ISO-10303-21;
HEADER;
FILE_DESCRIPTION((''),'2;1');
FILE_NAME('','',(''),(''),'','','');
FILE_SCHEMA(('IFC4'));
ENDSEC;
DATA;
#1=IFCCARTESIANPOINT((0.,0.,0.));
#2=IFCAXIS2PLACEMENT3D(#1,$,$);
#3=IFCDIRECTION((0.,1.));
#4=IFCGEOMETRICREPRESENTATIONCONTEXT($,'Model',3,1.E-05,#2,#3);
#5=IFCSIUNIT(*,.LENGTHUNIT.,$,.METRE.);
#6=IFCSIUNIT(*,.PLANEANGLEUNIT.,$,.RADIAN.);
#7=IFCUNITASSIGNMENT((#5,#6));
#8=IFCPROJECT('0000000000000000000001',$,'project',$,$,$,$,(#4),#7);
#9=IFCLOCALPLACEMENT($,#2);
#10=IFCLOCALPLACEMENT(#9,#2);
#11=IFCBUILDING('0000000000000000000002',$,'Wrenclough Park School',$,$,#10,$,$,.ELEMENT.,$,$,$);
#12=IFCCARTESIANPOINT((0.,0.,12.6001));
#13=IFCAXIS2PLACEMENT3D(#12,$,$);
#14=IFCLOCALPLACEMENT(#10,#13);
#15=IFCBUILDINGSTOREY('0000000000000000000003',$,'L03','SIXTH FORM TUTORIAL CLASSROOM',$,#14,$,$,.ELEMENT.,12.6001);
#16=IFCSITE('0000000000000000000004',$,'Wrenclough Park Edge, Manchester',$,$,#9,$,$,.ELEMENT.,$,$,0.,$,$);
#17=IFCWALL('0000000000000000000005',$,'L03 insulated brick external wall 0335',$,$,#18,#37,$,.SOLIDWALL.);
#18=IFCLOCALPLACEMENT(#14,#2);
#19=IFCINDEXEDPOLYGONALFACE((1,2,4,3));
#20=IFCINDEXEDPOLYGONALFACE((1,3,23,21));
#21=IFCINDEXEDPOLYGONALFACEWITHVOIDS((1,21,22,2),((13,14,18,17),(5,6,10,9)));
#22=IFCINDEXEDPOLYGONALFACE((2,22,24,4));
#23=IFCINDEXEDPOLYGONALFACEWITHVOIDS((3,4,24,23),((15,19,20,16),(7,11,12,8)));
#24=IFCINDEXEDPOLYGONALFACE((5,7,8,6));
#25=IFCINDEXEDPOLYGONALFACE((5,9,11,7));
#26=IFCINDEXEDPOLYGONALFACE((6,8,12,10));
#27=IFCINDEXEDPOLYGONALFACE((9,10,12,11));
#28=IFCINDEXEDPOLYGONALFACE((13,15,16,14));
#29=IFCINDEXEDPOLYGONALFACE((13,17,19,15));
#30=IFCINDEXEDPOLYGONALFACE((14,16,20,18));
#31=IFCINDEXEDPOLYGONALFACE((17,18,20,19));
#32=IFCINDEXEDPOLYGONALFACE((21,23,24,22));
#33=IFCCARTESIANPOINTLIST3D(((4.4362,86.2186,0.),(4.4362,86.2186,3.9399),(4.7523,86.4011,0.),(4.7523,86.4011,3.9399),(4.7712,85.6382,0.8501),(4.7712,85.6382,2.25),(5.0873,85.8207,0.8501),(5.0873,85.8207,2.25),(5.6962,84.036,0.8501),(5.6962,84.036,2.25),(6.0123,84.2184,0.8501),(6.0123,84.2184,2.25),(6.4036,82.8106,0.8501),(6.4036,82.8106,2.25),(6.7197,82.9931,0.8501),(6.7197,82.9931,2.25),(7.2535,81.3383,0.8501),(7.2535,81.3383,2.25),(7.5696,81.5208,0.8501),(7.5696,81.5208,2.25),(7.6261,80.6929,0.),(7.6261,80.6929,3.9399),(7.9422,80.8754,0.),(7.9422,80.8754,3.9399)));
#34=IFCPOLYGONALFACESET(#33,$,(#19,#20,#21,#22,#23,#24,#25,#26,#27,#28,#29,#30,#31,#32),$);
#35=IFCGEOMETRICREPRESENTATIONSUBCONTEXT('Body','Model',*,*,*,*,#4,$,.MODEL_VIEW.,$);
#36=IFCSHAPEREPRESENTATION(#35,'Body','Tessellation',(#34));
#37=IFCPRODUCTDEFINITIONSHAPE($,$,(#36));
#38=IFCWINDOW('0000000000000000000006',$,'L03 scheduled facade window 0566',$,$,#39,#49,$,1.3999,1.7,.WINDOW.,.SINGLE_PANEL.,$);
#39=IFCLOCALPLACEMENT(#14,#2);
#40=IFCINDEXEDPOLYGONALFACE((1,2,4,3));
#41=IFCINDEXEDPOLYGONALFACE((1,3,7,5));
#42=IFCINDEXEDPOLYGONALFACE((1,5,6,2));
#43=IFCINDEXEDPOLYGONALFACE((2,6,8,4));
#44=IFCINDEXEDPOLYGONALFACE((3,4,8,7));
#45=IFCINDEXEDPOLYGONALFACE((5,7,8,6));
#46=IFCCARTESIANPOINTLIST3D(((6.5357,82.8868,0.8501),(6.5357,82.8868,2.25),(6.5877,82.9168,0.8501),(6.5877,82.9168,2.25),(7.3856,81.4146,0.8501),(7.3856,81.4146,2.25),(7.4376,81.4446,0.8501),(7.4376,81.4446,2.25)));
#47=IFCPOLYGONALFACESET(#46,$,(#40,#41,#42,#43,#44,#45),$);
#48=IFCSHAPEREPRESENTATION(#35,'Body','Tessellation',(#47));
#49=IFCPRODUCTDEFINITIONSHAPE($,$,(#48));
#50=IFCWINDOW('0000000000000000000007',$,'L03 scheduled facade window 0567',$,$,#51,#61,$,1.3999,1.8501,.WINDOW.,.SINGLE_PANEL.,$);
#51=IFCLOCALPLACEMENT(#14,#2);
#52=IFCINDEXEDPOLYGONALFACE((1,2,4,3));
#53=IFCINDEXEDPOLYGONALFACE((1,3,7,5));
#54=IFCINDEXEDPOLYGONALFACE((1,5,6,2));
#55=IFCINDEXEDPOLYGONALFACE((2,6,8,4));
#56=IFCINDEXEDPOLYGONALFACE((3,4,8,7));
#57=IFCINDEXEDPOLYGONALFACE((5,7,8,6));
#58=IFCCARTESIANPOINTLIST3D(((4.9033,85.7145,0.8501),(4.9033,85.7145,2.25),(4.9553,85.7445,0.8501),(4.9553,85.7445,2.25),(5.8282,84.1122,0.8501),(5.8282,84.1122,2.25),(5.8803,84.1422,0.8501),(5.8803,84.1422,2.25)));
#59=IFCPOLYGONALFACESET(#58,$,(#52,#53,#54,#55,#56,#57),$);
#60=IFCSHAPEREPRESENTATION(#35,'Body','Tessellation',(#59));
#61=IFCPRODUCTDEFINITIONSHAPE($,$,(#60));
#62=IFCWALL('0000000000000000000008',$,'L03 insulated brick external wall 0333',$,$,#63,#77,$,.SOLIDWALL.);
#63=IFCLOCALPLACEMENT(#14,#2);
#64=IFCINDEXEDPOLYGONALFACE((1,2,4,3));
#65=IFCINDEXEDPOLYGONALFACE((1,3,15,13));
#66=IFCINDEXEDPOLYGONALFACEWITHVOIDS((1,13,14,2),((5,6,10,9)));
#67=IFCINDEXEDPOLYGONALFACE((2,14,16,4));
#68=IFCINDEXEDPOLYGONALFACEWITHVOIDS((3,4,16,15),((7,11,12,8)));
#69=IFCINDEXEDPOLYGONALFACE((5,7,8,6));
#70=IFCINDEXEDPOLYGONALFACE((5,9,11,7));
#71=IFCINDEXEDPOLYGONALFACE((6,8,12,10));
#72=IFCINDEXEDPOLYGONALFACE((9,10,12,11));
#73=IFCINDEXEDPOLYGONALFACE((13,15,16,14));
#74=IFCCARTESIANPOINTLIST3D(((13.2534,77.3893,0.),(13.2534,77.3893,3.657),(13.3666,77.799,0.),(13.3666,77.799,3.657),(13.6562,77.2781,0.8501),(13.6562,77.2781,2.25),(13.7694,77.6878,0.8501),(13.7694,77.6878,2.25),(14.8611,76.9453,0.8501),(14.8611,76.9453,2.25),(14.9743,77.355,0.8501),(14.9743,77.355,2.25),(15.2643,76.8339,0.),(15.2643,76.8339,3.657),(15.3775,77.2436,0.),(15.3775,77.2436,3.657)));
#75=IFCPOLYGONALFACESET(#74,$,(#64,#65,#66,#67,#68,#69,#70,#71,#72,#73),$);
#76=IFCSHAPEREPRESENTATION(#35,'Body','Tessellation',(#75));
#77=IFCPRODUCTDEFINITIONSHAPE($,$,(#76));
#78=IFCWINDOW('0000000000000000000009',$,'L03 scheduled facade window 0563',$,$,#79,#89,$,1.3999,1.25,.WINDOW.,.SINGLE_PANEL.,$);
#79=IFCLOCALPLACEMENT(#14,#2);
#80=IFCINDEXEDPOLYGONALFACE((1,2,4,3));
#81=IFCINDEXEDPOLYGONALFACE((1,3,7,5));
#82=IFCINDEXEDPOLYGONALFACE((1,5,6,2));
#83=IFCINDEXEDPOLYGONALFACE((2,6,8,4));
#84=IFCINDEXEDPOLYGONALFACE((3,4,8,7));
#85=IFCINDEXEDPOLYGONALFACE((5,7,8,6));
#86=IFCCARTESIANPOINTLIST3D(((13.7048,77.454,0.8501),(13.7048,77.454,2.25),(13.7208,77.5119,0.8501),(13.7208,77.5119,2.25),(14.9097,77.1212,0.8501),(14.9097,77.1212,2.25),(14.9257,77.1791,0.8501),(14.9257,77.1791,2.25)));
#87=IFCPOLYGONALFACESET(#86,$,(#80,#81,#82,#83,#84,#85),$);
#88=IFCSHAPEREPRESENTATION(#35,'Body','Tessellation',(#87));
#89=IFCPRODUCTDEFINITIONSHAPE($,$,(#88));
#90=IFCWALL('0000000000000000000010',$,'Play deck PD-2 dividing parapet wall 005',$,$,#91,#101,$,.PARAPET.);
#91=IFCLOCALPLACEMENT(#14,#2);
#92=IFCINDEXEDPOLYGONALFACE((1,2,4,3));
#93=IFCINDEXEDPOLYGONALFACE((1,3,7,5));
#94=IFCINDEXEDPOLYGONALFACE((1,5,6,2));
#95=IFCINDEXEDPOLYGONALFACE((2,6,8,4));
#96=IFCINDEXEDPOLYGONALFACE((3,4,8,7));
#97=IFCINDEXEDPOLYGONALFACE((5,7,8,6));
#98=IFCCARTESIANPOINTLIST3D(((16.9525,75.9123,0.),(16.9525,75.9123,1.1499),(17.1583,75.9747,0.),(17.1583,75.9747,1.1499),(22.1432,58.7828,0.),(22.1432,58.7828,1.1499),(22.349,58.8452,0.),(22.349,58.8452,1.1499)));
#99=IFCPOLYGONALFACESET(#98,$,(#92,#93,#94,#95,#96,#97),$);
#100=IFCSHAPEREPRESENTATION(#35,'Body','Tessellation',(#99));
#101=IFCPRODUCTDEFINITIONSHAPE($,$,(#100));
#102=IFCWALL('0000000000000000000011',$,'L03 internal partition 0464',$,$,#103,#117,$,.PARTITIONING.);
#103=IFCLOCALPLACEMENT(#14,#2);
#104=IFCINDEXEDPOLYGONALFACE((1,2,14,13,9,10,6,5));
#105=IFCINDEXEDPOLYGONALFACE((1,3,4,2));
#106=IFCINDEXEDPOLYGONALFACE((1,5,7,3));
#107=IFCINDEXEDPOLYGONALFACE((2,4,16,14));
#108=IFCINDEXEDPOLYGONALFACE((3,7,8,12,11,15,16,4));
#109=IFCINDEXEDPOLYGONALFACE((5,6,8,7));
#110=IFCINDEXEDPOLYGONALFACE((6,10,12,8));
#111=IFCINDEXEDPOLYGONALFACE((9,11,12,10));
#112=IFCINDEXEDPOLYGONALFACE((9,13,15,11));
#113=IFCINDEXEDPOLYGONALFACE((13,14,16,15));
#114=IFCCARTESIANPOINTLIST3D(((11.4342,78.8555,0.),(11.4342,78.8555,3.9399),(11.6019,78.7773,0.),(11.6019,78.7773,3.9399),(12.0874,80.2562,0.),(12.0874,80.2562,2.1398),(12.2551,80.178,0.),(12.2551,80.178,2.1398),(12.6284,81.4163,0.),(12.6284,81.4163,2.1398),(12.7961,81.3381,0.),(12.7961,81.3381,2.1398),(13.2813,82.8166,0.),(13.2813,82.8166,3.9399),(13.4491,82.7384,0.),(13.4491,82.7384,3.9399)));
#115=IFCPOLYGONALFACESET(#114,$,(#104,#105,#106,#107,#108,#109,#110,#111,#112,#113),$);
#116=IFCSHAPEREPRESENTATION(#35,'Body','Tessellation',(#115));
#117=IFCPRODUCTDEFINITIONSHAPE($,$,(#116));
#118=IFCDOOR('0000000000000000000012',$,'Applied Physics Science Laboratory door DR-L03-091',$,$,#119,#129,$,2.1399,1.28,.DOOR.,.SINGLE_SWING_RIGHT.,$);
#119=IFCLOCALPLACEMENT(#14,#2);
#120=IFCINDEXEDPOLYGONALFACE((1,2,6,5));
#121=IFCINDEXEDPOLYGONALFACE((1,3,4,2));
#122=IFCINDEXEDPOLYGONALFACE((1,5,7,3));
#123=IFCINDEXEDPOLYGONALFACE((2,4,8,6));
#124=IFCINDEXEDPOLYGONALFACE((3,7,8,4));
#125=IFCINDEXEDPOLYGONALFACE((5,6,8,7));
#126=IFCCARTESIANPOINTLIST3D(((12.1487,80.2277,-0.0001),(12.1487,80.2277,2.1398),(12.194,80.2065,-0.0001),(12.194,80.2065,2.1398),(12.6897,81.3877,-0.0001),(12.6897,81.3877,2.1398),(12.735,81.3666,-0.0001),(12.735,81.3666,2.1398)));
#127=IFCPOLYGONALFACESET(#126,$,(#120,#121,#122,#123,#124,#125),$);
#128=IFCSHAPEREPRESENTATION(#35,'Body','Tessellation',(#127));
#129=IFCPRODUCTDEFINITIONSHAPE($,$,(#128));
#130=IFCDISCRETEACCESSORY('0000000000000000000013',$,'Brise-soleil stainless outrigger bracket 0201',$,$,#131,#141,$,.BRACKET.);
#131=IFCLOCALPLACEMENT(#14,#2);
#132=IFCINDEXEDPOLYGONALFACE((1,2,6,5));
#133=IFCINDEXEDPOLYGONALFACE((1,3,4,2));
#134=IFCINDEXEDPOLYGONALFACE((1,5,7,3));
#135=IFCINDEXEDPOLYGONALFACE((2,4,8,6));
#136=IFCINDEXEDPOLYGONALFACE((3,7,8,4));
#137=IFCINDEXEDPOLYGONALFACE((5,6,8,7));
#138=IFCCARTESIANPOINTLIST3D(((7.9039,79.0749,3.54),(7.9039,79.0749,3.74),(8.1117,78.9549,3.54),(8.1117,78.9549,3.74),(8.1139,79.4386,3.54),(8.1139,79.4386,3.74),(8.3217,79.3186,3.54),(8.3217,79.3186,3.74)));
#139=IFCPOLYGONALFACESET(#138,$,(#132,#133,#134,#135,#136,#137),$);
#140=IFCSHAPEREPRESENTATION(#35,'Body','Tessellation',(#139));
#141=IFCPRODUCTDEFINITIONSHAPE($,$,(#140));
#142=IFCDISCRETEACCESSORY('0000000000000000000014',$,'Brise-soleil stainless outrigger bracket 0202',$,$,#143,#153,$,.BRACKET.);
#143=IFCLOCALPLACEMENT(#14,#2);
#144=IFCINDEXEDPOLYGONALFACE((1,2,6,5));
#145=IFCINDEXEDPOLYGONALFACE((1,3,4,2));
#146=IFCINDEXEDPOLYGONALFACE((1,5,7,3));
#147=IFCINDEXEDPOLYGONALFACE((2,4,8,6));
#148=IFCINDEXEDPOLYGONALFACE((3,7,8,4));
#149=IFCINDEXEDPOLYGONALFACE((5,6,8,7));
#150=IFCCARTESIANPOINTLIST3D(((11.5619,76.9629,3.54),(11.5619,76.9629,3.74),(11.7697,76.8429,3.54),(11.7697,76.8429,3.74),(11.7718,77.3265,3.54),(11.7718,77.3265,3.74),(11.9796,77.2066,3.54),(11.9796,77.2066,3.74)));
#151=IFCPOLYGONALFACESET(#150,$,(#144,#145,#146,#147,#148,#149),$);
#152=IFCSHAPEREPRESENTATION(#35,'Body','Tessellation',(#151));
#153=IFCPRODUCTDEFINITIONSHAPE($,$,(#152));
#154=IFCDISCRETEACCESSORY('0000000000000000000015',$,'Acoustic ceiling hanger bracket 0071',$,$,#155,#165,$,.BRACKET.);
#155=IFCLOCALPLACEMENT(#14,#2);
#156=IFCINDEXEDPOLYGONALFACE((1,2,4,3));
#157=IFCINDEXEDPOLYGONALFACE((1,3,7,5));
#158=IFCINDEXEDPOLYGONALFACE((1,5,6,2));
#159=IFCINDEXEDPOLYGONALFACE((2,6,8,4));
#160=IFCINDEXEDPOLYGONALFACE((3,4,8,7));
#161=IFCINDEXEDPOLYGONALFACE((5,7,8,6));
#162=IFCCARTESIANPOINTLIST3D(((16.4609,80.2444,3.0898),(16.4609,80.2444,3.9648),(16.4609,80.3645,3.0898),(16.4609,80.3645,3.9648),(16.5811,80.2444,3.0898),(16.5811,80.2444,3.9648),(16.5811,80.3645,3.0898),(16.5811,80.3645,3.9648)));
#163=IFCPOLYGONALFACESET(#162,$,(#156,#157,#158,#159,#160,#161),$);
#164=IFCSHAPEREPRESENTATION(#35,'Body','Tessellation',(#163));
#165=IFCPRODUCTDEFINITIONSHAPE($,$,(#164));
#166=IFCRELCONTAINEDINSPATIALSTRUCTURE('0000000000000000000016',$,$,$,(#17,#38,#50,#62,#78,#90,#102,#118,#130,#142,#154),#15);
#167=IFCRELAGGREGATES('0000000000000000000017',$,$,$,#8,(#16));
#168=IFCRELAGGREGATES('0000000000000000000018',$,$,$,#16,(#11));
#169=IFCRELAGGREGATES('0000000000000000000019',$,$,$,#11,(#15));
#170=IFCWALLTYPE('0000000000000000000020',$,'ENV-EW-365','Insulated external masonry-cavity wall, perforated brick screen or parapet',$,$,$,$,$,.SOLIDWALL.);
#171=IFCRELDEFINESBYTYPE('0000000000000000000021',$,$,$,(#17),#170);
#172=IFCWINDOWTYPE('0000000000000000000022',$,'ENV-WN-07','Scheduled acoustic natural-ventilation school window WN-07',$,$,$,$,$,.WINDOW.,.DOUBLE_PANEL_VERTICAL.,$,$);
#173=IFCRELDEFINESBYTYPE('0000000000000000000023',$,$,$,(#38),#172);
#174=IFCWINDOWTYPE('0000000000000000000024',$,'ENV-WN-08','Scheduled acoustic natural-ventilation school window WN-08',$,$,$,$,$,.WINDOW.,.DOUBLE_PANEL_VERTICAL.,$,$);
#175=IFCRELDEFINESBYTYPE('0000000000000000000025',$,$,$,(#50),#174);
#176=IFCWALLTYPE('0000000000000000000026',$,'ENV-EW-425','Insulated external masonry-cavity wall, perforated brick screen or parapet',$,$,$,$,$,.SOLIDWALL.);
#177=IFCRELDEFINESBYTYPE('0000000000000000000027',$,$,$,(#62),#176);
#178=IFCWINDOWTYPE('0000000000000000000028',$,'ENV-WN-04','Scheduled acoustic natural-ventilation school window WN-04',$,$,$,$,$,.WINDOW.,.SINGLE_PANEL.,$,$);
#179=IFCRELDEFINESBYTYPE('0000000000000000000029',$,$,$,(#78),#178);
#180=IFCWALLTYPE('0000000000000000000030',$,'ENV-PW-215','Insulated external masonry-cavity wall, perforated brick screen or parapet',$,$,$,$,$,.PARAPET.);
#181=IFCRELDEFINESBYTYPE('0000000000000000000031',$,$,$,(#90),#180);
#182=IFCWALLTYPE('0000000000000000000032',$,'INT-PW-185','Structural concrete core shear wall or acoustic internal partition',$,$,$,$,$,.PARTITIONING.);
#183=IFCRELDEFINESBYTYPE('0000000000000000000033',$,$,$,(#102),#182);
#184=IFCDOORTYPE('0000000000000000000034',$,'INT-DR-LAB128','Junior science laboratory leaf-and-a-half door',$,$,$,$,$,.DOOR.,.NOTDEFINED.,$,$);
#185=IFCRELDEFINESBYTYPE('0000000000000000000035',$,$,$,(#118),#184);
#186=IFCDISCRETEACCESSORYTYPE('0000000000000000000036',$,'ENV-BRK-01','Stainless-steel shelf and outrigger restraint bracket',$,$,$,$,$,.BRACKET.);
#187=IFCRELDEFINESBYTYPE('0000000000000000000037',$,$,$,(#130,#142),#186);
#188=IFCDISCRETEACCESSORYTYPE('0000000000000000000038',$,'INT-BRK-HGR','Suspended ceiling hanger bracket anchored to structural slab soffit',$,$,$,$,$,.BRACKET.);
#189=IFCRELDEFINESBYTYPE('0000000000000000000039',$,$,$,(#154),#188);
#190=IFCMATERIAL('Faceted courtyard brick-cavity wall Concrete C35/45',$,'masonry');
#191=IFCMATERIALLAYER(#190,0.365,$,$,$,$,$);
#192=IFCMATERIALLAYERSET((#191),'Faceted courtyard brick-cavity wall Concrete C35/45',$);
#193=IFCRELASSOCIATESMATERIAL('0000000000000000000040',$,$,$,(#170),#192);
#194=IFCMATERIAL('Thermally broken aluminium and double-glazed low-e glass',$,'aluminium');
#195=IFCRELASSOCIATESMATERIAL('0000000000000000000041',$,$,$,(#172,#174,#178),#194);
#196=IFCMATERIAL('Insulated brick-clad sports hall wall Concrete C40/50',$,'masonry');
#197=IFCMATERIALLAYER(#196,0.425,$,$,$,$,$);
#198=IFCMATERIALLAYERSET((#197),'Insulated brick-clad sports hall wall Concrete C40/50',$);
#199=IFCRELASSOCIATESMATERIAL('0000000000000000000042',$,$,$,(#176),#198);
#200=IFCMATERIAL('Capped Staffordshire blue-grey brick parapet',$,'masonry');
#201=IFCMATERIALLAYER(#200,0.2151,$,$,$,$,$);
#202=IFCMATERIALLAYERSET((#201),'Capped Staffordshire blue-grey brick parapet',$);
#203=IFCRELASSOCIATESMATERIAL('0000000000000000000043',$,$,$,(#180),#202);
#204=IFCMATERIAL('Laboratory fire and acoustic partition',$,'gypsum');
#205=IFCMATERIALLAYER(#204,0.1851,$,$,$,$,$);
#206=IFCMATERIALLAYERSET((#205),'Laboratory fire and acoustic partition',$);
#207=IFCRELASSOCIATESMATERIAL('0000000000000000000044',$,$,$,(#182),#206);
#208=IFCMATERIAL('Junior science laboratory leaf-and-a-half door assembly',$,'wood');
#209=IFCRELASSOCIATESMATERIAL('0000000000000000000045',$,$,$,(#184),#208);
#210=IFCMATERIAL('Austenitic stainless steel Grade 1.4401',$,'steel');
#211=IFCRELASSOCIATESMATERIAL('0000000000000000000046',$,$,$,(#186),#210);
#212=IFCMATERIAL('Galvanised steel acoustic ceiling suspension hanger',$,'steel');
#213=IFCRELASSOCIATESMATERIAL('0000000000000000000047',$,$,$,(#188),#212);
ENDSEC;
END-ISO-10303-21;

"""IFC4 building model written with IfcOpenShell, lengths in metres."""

from ifc_helpers import new_model, si_unit, direction, frame, frame_2d, origin, origin_2d, place, context, subcontext, project, spatial, rectangle, extrude, material, layer, layer_set, type_object, element, fill, save


model = new_model("IFC4")

# Units and contexts
model_context = context("Model", 3, precision=1e-05, world=origin(), true_north=direction((0.0, 1.0)))
body_context = subcontext(model_context, "Body", "Model", "MODEL_VIEW")
ifc_project = project(units=[si_unit("LENGTHUNIT", "METRE"), si_unit("PLANEANGLEUNIT", "RADIAN")], contexts=[model_context])

# Site, building, storey
site_placement = place(None, origin())
site = spatial("IfcSite", under=ifc_project, at=site_placement, Name="Wrenclough Park Edge, Manchester", CompositionType="ELEMENT", RefElevation=0.0)
building_placement = place(site_placement, origin())
building = spatial("IfcBuilding", under=site, at=building_placement, Name="Wrenclough Park School", CompositionType="ELEMENT")
storey_placement = place(building_placement, frame((0.0, 0.0, 12.6001)))
storey = spatial("IfcBuildingStorey", under=building, at=storey_placement, Name="L03", Description="SIXTH FORM TUTORIAL CLASSROOM", CompositionType="ELEMENT", Elevation=12.6001)

# Wall, openings, windows
ifc_material_1 = material(Name="Thermally broken aluminium and double-glazed low-e glass", Category="aluminium")
ifc_material_2 = material(Name="Faceted courtyard brick-cavity wall Concrete C35/45", Category="masonry")
ifc_layer_1 = layer(ifc_material_2, 0.365)
ifc_layer_set_1 = layer_set([ifc_layer_1], Name="Faceted courtyard brick-cavity wall Concrete C35/45")
wall_type_1 = type_object("IfcWallType", Name="ENV-EW-365", Description="Insulated external masonry-cavity wall, perforated brick screen or parapet", PredefinedType="SOLIDWALL", material=ifc_layer_set_1)
wall_1_placement = place(storey_placement, frame((7.7842, 80.7842, 0.0), z_axis=(0.0, 0.0, 1.0), x_axis=(-0.499966, 0.866045, 0.0)))
wall_1 = element("IfcWall", 1, at=wall_1_placement, inside=storey, type_object=wall_type_1, Name="L03 insulated brick external wall 0335", PredefinedType="SOLIDWALL", context=body_context, shape_type="SweptSolid", body=[
    extrude(rectangle(XDim=6.3804, YDim=0.365, at=frame_2d((3.1902, 0.0))), origin(), (0.0, 0.0, 1.0), 3.9399),
])
opening_1_placement = place(wall_1_placement, frame((0.7451, 0.0, 0.8501)))
opening_1 = element("IfcOpeningElement", 2, at=opening_1_placement, cuts=wall_1, PredefinedType="OPENING", context=body_context, shape_type="SweptSolid", body=[
    extrude(rectangle(XDim=1.7, YDim=1.3999, at=frame_2d((0.8501, 0.7))), frame((0.0, 0.1924, 0.0), z_axis=(0.0, -1.0, 0.0), x_axis=(1.0, 0.0, 0.0)), (0.0, 0.0, 1.0), 0.385),
])
opening_2_placement = place(wall_1_placement, frame((3.8601, 0.0, 0.8501)))
opening_2 = element("IfcOpeningElement", 3, at=opening_2_placement, cuts=wall_1, PredefinedType="OPENING", context=body_context, shape_type="SweptSolid", body=[
    extrude(rectangle(XDim=1.8501, YDim=1.3999, at=frame_2d((0.925, 0.7))), frame((0.0, 0.1924, 0.0), z_axis=(0.0, -1.0, 0.0), x_axis=(1.0, 0.0, 0.0)), (0.0, 0.0, 1.0), 0.385),
])
window_type_1 = type_object("IfcWindowType", Name="ENV-WN-07", Description="Scheduled acoustic natural-ventilation school window WN-07", PartitioningType="DOUBLE_PANEL_VERTICAL", PredefinedType="WINDOW", material=ifc_material_1)
window_1_placement = place(opening_1_placement, origin())
window_1 = element("IfcWindow", 4, at=window_1_placement, inside=storey, type_object=window_type_1, Name="L03 scheduled facade window 0566", OverallHeight=1.3999, OverallWidth=1.7, PartitioningType="SINGLE_PANEL", PredefinedType="WINDOW", context=body_context, shape_type="SweptSolid", body=[
    extrude(rectangle(XDim=1.7, YDim=1.3999, at=frame_2d((0.8501, 0.7))), frame((0.0, 0.03, 0.0), z_axis=(0.0, -1.0, 0.0), x_axis=(1.0, 0.0, 0.0)), (0.0, 0.0, 1.0), 0.0601),
])
fill(opening_1, window_1)
window_type_2 = type_object("IfcWindowType", Name="ENV-WN-08", Description="Scheduled acoustic natural-ventilation school window WN-08", PartitioningType="DOUBLE_PANEL_VERTICAL", PredefinedType="WINDOW", material=ifc_material_1)
window_2_placement = place(opening_2_placement, origin())
window_2 = element("IfcWindow", 5, at=window_2_placement, inside=storey, type_object=window_type_2, Name="L03 scheduled facade window 0567", OverallHeight=1.3999, OverallWidth=1.8501, PartitioningType="SINGLE_PANEL", PredefinedType="WINDOW", context=body_context, shape_type="SweptSolid", body=[
    extrude(rectangle(XDim=1.8501, YDim=1.3999, at=frame_2d((0.925, 0.7))), frame((0.0, 0.03, 0.0), z_axis=(0.0, -1.0, 0.0), x_axis=(1.0, 0.0, 0.0)), (0.0, 0.0, 1.0), 0.0601),
])
fill(opening_2, window_2)

# Wall, opening, window
ifc_material_3 = material(Name="Insulated brick-clad sports hall wall Concrete C40/50", Category="masonry")
ifc_layer_2 = layer(ifc_material_3, 0.425)
ifc_layer_set_2 = layer_set([ifc_layer_2], Name="Insulated brick-clad sports hall wall Concrete C40/50")
wall_type_2 = type_object("IfcWallType", Name="ENV-EW-425", Description="Insulated external masonry-cavity wall, perforated brick screen or parapet", PredefinedType="SOLIDWALL", material=ifc_layer_set_2)
wall_2_placement = place(storey_placement, frame((15.3208, 77.0388, 0.0), z_axis=(0.0, 0.0, 1.0), x_axis=(-0.963911, 0.266225, 0.0)))
wall_2 = element("IfcWall", 6, at=wall_2_placement, inside=storey, type_object=wall_type_2, Name="L03 insulated brick external wall 0333", PredefinedType="SOLIDWALL", context=body_context, shape_type="SweptSolid", body=[
    extrude(rectangle(XDim=2.0862, YDim=0.425, at=frame_2d((1.043, 0.0))), origin(), (0.0, 0.0, 1.0), 3.657),
])
opening_3_placement = place(wall_2_placement, frame((0.4182, 0.0, 0.8501)))
opening_3 = element("IfcOpeningElement", 7, at=opening_3_placement, cuts=wall_2, PredefinedType="OPENING", context=body_context, shape_type="SweptSolid", body=[
    extrude(rectangle(XDim=1.25, YDim=1.3999, at=frame_2d((0.625, 0.7))), frame((0.0, 0.2224, 0.0), z_axis=(0.0, -1.0, 0.0), x_axis=(1.0, 0.0, 0.0)), (0.0, 0.0, 1.0), 0.4451),
])
window_type_3 = type_object("IfcWindowType", Name="ENV-WN-04", Description="Scheduled acoustic natural-ventilation school window WN-04", PartitioningType="SINGLE_PANEL", PredefinedType="WINDOW", material=ifc_material_1)
window_3_placement = place(opening_3_placement, origin())
window_3 = element("IfcWindow", 8, at=window_3_placement, inside=storey, type_object=window_type_3, Name="L03 scheduled facade window 0563", OverallHeight=1.3999, OverallWidth=1.25, PartitioningType="SINGLE_PANEL", PredefinedType="WINDOW", context=body_context, shape_type="SweptSolid", body=[
    extrude(rectangle(XDim=1.25, YDim=1.3999, at=frame_2d((0.625, 0.7))), frame((0.0, 0.03, 0.0), z_axis=(0.0, -1.0, 0.0), x_axis=(1.0, 0.0, 0.0)), (0.0, 0.0, 1.0), 0.0601),
])
fill(opening_3, window_3)

# Wall
ifc_material_4 = material(Name="Capped Staffordshire blue-grey brick parapet", Category="masonry")
ifc_layer_3 = layer(ifc_material_4, 0.2151)
ifc_layer_set_3 = layer_set([ifc_layer_3], Name="Capped Staffordshire blue-grey brick parapet")
wall_type_3 = type_object("IfcWallType", Name="ENV-PW-215", Description="Insulated external masonry-cavity wall, perforated brick screen or parapet", PredefinedType="PARAPET", material=ifc_layer_set_3)
wall_3_placement = place(storey_placement, frame((17.0554, 75.9434, 0.0), z_axis=(0.0, 0.0, 1.0), x_axis=(0.290005, -0.957025, 0.0)))
element("IfcWall", 9, at=wall_3_placement, inside=storey, type_object=wall_type_3, Name="Play deck PD-2 dividing parapet wall 005", PredefinedType="PARAPET", context=body_context, shape_type="SweptSolid", body=[
    extrude(rectangle(XDim=17.8987, YDim=0.2151, at=frame_2d((8.9492, 0.0))), origin(), (0.0, 0.0, 1.0), 1.1499),
])

# Wall, opening, door
ifc_material_5 = material(Name="Laboratory fire and acoustic partition", Category="gypsum")
ifc_layer_4 = layer(ifc_material_5, 0.1851)
ifc_layer_set_4 = layer_set([ifc_layer_4], Name="Laboratory fire and acoustic partition")
wall_type_4 = type_object("IfcWallType", Name="INT-PW-185", Description="Structural concrete core shear wall or acoustic internal partition", PredefinedType="PARTITIONING", material=ifc_layer_set_4)
wall_4_placement = place(storey_placement, frame((11.5181, 78.8164, 0.0), z_axis=(0.0, 0.0, 1.0), x_axis=(0.422626, 0.906304, 0.0)))
wall_4 = element("IfcWall", 10, at=wall_4_placement, inside=storey, type_object=wall_type_4, Name="L03 internal partition 0464", PredefinedType="PARTITIONING", context=body_context, shape_type="SweptSolid", body=[
    extrude(rectangle(XDim=4.3706, YDim=0.1851, at=frame_2d((2.1853, 0.0))), origin(), (0.0, 0.0, 1.0), 3.9399),
])
opening_4_placement = place(wall_4_placement, frame((1.5454, 0.0, 0.0)))
opening_4 = element("IfcOpeningElement", 11, at=opening_4_placement, cuts=wall_4, PredefinedType="OPENING", context=body_context, shape_type="SweptSolid", body=[
    extrude(rectangle(XDim=1.28, YDim=2.1399, at=frame_2d((0.6401, 1.0698))), frame((0.0, 0.1025, 0.0), z_axis=(0.0, -1.0, 0.0), x_axis=(1.0, 0.0, 0.0)), (0.0, 0.0, 1.0), 0.2051),
])
ifc_material_6 = material(Name="Junior science laboratory leaf-and-a-half door assembly", Category="wood")
door_type = type_object("IfcDoorType", Name="INT-DR-LAB128", Description="Junior science laboratory leaf-and-a-half door", OperationType="NOTDEFINED", PredefinedType="DOOR", material=ifc_material_6)
door_placement = place(opening_4_placement, origin())
door = element("IfcDoor", 12, at=door_placement, inside=storey, type_object=door_type, Name="Applied Physics Science Laboratory door DR-L03-091", OperationType="SINGLE_SWING_RIGHT", OverallHeight=2.1399, OverallWidth=1.28, PredefinedType="DOOR", context=body_context, shape_type="SweptSolid", body=[
    extrude(rectangle(XDim=1.28, YDim=2.1399, at=frame_2d((0.6401, 1.0698))), frame((0.0, 0.0249, 0.0), z_axis=(0.0, -1.0, 0.0), x_axis=(1.0, 0.0, 0.0)), (0.0, 0.0, 1.0), 0.05),
])
fill(opening_4, door)

# Discrete accessories
ifc_material_7 = material(Name="Austenitic stainless steel Grade 1.4401", Category="steel")
discrete_accessory_type_1 = type_object("IfcDiscreteAccessoryType", Name="ENV-BRK-01", Description="Stainless-steel shelf and outrigger restraint bracket", PredefinedType="BRACKET", material=ifc_material_7)
for number, where, z_axis, x_axis, name in (
    (13, (8.1128, 79.1968, 3.54), (0.0, 0.0, 1.0), (0.866031, -0.499991, 0.0), "Brise-soleil stainless outrigger bracket 0201"),
    (14, (11.7708, 77.0847, 3.54), (0.0, 0.0, 1.0), (0.866031, -0.499991, 0.0), "Brise-soleil stainless outrigger bracket 0202"),
):
    element("IfcDiscreteAccessory", number, at=place(storey_placement, frame(where, z_axis=z_axis, x_axis=x_axis)), inside=storey, type_object=discrete_accessory_type_1, Name=name, PredefinedType="BRACKET", context=body_context, shape_type="SweptSolid", body=[
        extrude(rectangle(XDim=0.24, YDim=0.4199, at=origin_2d()), origin(), (0.0, 0.0, 1.0), 0.2),
    ])
ifc_material_8 = material(Name="Galvanised steel acoustic ceiling suspension hanger", Category="steel")
discrete_accessory_type_2 = type_object("IfcDiscreteAccessoryType", Name="INT-BRK-HGR", Description="Suspended ceiling hanger bracket anchored to structural slab soffit", PredefinedType="BRACKET", material=ifc_material_8)
discrete_accessory_placement = place(storey_placement, frame((16.521, 80.3044, 3.0898), z_axis=(0.0, 0.0, 1.0), x_axis=(1.0, 0.0, 0.0)))
element("IfcDiscreteAccessory", 15, at=discrete_accessory_placement, inside=storey, type_object=discrete_accessory_type_2, Name="Acoustic ceiling hanger bracket 0071", PredefinedType="BRACKET", context=body_context, shape_type="SweptSolid", body=[
    extrude(rectangle(XDim=0.1201, YDim=0.1201, at=origin_2d()), origin(), (0.0, 0.0, 1.0), 0.875),
])

save(model, "model.ifc")
